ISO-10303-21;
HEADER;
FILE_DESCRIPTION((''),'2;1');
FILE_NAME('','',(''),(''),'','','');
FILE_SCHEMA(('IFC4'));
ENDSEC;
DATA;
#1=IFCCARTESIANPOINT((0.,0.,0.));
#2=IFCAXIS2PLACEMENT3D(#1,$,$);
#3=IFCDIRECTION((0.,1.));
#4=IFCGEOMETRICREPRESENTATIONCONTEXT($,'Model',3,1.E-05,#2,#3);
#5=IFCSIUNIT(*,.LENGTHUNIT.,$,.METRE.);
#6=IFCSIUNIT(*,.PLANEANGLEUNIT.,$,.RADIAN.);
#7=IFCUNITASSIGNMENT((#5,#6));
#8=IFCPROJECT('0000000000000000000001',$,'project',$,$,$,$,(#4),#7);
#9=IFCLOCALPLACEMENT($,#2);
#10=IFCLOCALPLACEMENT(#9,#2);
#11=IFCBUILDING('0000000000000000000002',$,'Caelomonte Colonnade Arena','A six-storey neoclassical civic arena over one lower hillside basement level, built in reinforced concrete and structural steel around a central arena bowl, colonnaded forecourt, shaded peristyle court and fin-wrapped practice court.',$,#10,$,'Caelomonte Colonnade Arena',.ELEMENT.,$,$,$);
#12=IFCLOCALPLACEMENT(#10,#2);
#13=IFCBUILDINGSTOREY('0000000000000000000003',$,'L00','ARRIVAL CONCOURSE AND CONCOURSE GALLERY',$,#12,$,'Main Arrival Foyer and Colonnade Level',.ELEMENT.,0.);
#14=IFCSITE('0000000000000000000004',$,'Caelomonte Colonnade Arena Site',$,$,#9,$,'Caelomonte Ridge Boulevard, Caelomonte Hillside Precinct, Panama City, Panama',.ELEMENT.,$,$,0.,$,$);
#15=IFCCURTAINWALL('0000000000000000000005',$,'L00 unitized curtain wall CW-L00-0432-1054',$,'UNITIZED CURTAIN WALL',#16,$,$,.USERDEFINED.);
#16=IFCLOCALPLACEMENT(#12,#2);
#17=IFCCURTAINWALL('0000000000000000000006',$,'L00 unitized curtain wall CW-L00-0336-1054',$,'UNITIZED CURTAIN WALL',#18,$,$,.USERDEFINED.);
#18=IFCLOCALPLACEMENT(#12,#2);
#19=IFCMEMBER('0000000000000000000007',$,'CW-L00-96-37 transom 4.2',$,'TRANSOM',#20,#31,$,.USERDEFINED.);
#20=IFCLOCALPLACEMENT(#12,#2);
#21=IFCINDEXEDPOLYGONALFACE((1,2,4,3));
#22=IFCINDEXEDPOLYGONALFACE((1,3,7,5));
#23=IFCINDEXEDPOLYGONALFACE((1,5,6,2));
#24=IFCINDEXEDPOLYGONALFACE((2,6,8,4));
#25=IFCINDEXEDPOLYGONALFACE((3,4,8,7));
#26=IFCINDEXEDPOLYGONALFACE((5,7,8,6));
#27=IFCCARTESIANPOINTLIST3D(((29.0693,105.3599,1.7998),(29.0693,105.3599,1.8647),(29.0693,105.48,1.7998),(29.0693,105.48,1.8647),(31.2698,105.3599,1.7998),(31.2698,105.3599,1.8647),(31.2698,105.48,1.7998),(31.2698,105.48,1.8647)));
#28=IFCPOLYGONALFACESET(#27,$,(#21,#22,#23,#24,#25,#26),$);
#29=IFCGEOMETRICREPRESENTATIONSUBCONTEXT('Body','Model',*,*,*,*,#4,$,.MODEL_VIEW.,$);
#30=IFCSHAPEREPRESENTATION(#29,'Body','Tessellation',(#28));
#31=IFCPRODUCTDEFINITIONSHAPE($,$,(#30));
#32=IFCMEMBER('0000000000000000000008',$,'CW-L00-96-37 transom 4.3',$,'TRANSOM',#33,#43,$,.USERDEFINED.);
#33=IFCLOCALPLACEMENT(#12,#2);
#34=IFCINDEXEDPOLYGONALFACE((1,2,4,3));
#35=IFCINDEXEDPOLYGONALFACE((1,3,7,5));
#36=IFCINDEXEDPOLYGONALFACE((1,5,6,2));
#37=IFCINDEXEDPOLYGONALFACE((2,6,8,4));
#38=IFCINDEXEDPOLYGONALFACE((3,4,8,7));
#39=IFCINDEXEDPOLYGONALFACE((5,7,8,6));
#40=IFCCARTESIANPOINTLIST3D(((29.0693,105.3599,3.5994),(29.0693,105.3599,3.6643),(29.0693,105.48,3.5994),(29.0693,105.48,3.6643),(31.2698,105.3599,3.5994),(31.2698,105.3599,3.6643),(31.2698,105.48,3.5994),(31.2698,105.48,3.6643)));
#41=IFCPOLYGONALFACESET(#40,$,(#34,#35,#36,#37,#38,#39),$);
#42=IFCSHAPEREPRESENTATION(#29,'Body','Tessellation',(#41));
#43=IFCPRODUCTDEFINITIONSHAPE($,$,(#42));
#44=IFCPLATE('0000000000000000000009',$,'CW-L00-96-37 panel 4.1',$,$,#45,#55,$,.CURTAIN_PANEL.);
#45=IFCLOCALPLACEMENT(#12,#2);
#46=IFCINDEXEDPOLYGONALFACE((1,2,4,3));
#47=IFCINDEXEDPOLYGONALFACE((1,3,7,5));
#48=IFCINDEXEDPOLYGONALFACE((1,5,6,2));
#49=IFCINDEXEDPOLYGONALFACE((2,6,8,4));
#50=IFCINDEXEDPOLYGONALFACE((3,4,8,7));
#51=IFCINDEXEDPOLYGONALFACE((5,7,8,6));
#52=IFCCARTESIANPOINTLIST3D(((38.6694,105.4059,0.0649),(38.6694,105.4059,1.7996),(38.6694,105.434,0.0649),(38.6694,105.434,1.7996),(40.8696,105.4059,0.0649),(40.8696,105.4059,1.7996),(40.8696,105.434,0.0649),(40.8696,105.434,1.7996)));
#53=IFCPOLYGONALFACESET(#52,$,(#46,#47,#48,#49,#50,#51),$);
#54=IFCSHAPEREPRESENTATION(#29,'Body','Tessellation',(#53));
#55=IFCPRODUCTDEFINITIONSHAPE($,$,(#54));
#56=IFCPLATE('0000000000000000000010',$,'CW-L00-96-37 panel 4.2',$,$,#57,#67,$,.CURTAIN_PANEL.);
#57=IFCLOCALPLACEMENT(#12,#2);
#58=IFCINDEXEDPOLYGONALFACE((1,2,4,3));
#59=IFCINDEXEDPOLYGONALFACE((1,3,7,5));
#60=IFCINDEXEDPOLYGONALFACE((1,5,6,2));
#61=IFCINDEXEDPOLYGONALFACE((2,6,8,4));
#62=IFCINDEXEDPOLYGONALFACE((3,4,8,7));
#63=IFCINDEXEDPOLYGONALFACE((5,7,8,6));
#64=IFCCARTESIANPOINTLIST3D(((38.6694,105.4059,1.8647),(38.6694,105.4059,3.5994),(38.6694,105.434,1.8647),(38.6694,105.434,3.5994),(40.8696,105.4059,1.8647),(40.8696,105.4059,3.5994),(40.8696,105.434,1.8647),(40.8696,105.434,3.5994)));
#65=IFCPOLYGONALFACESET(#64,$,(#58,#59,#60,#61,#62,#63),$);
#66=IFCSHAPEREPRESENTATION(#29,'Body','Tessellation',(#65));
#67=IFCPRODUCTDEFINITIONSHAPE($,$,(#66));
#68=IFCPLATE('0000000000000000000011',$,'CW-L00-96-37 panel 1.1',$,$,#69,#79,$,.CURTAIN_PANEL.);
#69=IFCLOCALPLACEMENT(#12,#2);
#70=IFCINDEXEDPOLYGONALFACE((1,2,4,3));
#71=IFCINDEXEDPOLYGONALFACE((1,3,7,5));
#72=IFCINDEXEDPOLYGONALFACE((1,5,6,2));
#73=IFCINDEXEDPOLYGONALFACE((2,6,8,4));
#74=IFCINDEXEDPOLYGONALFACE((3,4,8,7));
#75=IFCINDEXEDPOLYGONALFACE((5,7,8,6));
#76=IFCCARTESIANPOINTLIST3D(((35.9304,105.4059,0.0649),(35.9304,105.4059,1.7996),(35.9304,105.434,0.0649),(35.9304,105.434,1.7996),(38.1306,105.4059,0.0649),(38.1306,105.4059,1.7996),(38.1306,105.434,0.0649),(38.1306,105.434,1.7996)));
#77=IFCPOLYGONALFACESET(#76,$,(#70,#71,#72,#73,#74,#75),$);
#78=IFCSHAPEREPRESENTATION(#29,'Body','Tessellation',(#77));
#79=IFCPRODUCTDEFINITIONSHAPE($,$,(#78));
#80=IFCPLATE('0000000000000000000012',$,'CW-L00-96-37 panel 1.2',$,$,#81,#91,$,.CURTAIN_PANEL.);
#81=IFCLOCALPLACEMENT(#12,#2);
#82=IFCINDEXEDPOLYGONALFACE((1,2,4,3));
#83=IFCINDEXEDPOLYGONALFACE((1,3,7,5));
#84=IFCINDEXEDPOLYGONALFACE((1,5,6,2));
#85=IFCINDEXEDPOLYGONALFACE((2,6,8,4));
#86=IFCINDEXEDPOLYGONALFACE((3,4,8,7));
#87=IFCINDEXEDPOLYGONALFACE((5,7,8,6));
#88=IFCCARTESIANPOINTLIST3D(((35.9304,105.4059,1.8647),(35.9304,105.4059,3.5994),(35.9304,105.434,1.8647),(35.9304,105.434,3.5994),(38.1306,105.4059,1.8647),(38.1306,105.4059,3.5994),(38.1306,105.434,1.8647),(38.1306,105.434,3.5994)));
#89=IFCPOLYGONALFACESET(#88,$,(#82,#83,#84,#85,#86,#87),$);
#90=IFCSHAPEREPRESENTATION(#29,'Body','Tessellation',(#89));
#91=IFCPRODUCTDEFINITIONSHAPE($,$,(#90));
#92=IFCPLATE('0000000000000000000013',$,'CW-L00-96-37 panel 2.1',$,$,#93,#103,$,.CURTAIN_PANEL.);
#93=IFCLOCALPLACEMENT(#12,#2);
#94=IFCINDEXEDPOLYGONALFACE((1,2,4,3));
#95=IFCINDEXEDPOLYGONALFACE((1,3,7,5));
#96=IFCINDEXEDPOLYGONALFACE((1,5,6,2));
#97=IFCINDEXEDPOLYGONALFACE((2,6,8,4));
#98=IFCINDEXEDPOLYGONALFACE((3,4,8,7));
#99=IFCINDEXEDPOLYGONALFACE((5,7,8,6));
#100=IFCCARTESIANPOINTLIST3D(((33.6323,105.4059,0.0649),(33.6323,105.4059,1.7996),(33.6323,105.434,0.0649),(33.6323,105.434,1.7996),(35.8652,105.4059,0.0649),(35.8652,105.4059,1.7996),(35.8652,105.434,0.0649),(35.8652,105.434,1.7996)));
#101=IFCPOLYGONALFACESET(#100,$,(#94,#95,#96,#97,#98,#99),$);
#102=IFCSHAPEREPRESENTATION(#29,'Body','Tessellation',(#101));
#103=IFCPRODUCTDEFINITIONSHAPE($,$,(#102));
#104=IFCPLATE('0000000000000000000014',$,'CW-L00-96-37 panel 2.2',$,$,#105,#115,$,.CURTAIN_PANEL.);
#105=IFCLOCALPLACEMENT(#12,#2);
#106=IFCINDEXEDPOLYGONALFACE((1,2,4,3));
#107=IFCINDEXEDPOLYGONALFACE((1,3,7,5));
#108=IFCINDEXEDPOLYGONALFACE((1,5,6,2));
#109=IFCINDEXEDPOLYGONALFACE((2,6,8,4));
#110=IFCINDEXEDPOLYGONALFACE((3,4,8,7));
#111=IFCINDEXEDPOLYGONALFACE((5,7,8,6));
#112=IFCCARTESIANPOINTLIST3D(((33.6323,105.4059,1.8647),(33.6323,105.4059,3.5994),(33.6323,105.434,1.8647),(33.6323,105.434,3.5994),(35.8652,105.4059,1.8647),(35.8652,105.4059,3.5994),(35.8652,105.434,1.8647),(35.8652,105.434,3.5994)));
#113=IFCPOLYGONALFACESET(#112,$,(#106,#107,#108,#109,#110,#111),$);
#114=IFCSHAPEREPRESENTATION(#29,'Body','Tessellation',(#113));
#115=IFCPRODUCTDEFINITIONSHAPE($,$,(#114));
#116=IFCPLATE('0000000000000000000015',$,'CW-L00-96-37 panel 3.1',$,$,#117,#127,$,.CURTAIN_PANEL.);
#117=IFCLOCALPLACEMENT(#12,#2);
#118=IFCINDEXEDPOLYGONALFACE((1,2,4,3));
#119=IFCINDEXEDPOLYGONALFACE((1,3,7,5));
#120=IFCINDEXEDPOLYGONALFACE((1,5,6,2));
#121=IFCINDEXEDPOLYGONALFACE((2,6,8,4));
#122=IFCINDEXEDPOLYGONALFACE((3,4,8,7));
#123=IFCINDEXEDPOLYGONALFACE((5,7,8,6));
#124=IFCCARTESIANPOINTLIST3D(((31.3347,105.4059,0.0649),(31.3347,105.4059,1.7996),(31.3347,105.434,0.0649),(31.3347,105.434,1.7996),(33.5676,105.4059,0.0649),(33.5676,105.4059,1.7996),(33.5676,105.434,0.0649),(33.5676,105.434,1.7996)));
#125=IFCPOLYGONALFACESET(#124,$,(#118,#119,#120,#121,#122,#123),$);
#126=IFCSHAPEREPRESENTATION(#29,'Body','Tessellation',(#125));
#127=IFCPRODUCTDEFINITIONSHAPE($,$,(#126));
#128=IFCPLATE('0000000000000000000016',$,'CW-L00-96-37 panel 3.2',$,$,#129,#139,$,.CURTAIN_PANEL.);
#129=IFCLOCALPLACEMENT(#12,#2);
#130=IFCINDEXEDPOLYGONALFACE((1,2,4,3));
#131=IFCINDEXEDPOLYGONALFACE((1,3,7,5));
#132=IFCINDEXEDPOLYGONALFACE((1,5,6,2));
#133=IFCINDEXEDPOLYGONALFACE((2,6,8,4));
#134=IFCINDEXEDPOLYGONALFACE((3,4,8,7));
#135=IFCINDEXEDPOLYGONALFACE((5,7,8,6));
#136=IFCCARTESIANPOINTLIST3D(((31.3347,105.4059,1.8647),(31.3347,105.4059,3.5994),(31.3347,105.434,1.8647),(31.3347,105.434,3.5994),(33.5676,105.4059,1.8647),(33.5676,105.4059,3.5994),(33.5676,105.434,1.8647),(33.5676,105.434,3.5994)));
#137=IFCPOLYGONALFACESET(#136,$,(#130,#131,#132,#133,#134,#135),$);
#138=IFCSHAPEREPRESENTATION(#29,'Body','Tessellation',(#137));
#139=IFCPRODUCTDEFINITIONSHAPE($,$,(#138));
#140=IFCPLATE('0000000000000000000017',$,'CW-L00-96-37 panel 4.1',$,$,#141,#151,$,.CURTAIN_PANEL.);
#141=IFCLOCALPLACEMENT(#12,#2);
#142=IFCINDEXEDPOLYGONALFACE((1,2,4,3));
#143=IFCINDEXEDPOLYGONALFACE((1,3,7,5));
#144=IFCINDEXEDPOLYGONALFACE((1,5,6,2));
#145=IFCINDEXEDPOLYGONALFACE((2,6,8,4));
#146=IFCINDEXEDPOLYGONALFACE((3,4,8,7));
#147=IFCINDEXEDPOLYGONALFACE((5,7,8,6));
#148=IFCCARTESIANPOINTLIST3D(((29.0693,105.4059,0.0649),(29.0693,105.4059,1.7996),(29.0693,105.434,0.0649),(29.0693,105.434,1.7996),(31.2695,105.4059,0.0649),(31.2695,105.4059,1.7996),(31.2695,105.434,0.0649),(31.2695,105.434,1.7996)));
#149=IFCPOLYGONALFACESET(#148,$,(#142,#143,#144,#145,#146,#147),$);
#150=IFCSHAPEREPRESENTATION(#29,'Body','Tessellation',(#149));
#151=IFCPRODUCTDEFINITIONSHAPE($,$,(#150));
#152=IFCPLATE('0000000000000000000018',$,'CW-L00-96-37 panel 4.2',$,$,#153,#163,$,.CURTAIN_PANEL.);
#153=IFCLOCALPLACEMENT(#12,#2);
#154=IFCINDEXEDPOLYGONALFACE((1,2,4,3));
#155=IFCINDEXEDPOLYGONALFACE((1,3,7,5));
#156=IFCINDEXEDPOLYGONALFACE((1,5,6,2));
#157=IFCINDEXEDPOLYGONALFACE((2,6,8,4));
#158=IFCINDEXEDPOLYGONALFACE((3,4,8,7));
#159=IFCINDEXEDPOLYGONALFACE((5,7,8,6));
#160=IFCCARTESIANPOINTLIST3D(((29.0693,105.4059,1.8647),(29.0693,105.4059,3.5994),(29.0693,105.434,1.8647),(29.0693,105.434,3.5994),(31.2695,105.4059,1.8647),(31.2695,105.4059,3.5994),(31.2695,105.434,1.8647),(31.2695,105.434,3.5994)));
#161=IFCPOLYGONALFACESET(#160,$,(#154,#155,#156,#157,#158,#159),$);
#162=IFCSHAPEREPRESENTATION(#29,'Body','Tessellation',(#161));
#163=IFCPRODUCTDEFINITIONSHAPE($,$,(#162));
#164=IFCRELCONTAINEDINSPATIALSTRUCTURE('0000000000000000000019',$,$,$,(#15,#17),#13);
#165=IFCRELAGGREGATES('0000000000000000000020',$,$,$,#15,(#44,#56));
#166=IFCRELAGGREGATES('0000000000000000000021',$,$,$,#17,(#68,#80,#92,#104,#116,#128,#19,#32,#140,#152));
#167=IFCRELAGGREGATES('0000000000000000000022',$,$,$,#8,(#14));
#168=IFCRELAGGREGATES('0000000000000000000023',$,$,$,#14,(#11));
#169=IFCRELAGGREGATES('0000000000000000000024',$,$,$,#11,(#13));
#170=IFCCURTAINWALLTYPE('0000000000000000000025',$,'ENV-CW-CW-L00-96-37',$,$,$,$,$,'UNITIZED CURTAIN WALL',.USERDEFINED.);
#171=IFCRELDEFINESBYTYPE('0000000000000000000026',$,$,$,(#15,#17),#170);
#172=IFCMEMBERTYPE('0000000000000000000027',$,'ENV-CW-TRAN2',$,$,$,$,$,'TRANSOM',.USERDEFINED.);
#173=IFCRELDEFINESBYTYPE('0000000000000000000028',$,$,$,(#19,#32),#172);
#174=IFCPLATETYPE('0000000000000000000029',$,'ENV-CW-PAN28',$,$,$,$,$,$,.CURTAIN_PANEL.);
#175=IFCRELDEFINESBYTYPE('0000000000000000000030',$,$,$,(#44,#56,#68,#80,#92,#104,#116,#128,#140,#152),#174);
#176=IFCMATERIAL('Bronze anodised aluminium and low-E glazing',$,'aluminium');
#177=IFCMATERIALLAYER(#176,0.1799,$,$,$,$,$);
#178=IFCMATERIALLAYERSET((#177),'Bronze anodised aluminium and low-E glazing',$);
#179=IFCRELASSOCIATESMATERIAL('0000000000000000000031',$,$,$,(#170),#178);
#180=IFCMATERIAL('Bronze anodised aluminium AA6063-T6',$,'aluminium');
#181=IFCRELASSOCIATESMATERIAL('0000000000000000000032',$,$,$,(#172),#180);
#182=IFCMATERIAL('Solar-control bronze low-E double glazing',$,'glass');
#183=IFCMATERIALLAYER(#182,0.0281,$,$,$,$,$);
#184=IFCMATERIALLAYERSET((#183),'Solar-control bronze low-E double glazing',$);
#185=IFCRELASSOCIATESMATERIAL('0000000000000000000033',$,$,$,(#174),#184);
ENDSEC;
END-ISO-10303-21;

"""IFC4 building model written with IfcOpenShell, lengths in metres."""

from ifc_helpers import new_model, si_unit, direction, frame, origin, origin_2d, place, context, subcontext, project, spatial, rectangle, extrude, material, layer, layer_set, material_profile, profile_set, type_object, element, aggregate, save


model = new_model("IFC4")

# Units and contexts
model_context = context("Model", 3, precision=1e-05, world=origin(), true_north=direction((0.0, 1.0)))
body_context = subcontext(model_context, "Body", "Model", "MODEL_VIEW")
ifc_project = project(units=[si_unit("LENGTHUNIT", "METRE"), si_unit("PLANEANGLEUNIT", "RADIAN")], contexts=[model_context])

# Site, building, storey
site_placement = place(None, origin())
site = spatial("IfcSite", under=ifc_project, at=site_placement, Name="Caelomonte Colonnade Arena Site", LongName="Caelomonte Ridge Boulevard, Caelomonte Hillside Precinct, Panama City, Panama", CompositionType="ELEMENT", RefElevation=0.0)
building_placement = place(site_placement, origin())
building = spatial("IfcBuilding", under=site, at=building_placement, Name="Caelomonte Colonnade Arena", Description="A six-storey neoclassical civic arena over one lower hillside basement level, built in reinforced concrete and structural steel around a central arena bowl, colonnaded forecourt, shaded peristyle court and fin-wrapped practice court.", LongName="Caelomonte Colonnade Arena", CompositionType="ELEMENT")
storey_placement = place(building_placement, origin())
storey = spatial("IfcBuildingStorey", under=building, at=storey_placement, Name="L00", Description="ARRIVAL CONCOURSE AND CONCOURSE GALLERY", LongName="Main Arrival Foyer and Colonnade Level", CompositionType="ELEMENT", Elevation=0.0)

# Curtain wall
ifc_material_1 = material(Name="Bronze anodised aluminium and low-E glazing", Category="aluminium")
ifc_layer_1 = layer(ifc_material_1, 0.1799)
ifc_layer_set_1 = layer_set([ifc_layer_1], Name="Bronze anodised aluminium and low-E glazing")
curtain_wall_type = type_object("IfcCurtainWallType", Name="ENV-CW-CW-L00-96-37", ElementType="UNITIZED CURTAIN WALL", PredefinedType="USERDEFINED", material=ifc_layer_set_1)
curtain_wall_1_placement = place(storey_placement, origin())
curtain_wall_1 = element("IfcCurtainWall", 1, at=curtain_wall_1_placement, inside=storey, type_object=curtain_wall_type, Name="L00 unitized curtain wall CW-L00-0432-1054", ObjectType="UNITIZED CURTAIN WALL", PredefinedType="USERDEFINED")
ifc_material_2 = material(Name="Bronze anodised aluminium AA6063-T6", Category="aluminium")

# Curtain wall, members
curtain_wall_2_placement = place(storey_placement, origin())
curtain_wall_2 = element("IfcCurtainWall", 2, at=curtain_wall_2_placement, inside=storey, type_object=curtain_wall_type, Name="L00 unitized curtain wall CW-L00-0336-1054", ObjectType="UNITIZED CURTAIN WALL", PredefinedType="USERDEFINED")
ifc_material_profile_1 = material_profile(ifc_material_2, rectangle(XDim=0.0649, YDim=0.1201, at=origin_2d()), Name="CWT-65X120")
ifc_profile_set_1 = profile_set([ifc_material_profile_1], Name="Bronze anodised aluminium AA6063-T6")
member_type_1 = type_object("IfcMemberType", Name="ENV-CW-TRAN2", ElementType="TRANSOM", PredefinedType="USERDEFINED", material=ifc_profile_set_1)
member_1_placement = place(storey_placement, frame((31.2698, 105.4199, 1.8323), z_axis=(-1.0, 0.0, 0.0), x_axis=(0.0, 0.0, 1.0)))
member_1 = element("IfcMember", 3, at=member_1_placement, type_object=member_type_1, Name="CW-L00-96-37 transom 4.2", ObjectType="TRANSOM", PredefinedType="USERDEFINED", context=body_context, shape_type="SweptSolid", body=[
    extrude(rectangle(XDim=0.0649, YDim=0.1201, at=origin_2d()), origin(), (0.0, 0.0, 1.0), 2.2004),
])
member_2_placement = place(storey_placement, frame((31.2698, 105.4199, 3.6318), z_axis=(-1.0, 0.0, 0.0), x_axis=(0.0, 0.0, 1.0)))
member_2 = element("IfcMember", 4, at=member_2_placement, type_object=member_type_1, Name="CW-L00-96-37 transom 4.3", ObjectType="TRANSOM", PredefinedType="USERDEFINED", context=body_context, shape_type="SweptSolid", body=[
    extrude(rectangle(XDim=0.0649, YDim=0.1201, at=origin_2d()), origin(), (0.0, 0.0, 1.0), 2.2004),
])

# Plates
ifc_material_3 = material(Name="Solar-control bronze low-E double glazing", Category="glass")
ifc_layer_2 = layer(ifc_material_3, 0.0281)
ifc_layer_set_2 = layer_set([ifc_layer_2], Name="Solar-control bronze low-E double glazing")
plate_type = type_object("IfcPlateType", Name="ENV-CW-PAN28", PredefinedType="CURTAIN_PANEL", material=ifc_layer_set_2)
plate_1_placement = place(storey_placement, frame((39.7695, 105.4199, 0.0649), z_axis=(0.0, 0.0, 1.0), x_axis=(-1.0, 0.0, 0.0)))
plate_1 = element("IfcPlate", 5, at=plate_1_placement, type_object=plate_type, Name="CW-L00-96-37 panel 4.1", PredefinedType="CURTAIN_PANEL", context=body_context, shape_type="SweptSolid", body=[
    extrude(rectangle(XDim=2.2002, YDim=0.0281, at=origin_2d()), origin(), (0.0, 0.0, 1.0), 1.7346),
])
plate_2_placement = place(storey_placement, frame((39.7695, 105.4199, 1.8647), z_axis=(0.0, 0.0, 1.0), x_axis=(-1.0, 0.0, 0.0)))
plate_2 = element("IfcPlate", 6, at=plate_2_placement, type_object=plate_type, Name="CW-L00-96-37 panel 4.2", PredefinedType="CURTAIN_PANEL", context=body_context, shape_type="SweptSolid", body=[
    extrude(rectangle(XDim=2.2002, YDim=0.0281, at=origin_2d()), origin(), (0.0, 0.0, 1.0), 1.7346),
])
aggregate(curtain_wall_1, [plate_1, plate_2])
plate_3_placement = place(storey_placement, frame((37.0305, 105.4199, 0.0649), z_axis=(0.0, 0.0, 1.0), x_axis=(-1.0, 0.0, 0.0)))
plate_3 = element("IfcPlate", 7, at=plate_3_placement, type_object=plate_type, Name="CW-L00-96-37 panel 1.1", PredefinedType="CURTAIN_PANEL", context=body_context, shape_type="SweptSolid", body=[
    extrude(rectangle(XDim=2.2002, YDim=0.0281, at=origin_2d()), origin(), (0.0, 0.0, 1.0), 1.7346),
])
plate_4_placement = place(storey_placement, frame((37.0305, 105.4199, 1.8647), z_axis=(0.0, 0.0, 1.0), x_axis=(-1.0, 0.0, 0.0)))
plate_4 = element("IfcPlate", 8, at=plate_4_placement, type_object=plate_type, Name="CW-L00-96-37 panel 1.2", PredefinedType="CURTAIN_PANEL", context=body_context, shape_type="SweptSolid", body=[
    extrude(rectangle(XDim=2.2002, YDim=0.0281, at=origin_2d()), origin(), (0.0, 0.0, 1.0), 1.7346),
])
plate_5_placement = place(storey_placement, frame((34.7488, 105.4199, 0.0649), z_axis=(0.0, 0.0, 1.0), x_axis=(-1.0, 0.0, 0.0)))
plate_5 = element("IfcPlate", 9, at=plate_5_placement, type_object=plate_type, Name="CW-L00-96-37 panel 2.1", PredefinedType="CURTAIN_PANEL", context=body_context, shape_type="SweptSolid", body=[
    extrude(rectangle(XDim=2.2329, YDim=0.0281, at=origin_2d()), origin(), (0.0, 0.0, 1.0), 1.7346),
])
plate_6_placement = place(storey_placement, frame((34.7488, 105.4199, 1.8647), z_axis=(0.0, 0.0, 1.0), x_axis=(-1.0, 0.0, 0.0)))
plate_6 = element("IfcPlate", 10, at=plate_6_placement, type_object=plate_type, Name="CW-L00-96-37 panel 2.2", PredefinedType="CURTAIN_PANEL", context=body_context, shape_type="SweptSolid", body=[
    extrude(rectangle(XDim=2.2329, YDim=0.0281, at=origin_2d()), origin(), (0.0, 0.0, 1.0), 1.7346),
])
plate_7_placement = place(storey_placement, frame((32.4512, 105.4199, 0.0649), z_axis=(0.0, 0.0, 1.0), x_axis=(-1.0, 0.0, 0.0)))
plate_7 = element("IfcPlate", 11, at=plate_7_placement, type_object=plate_type, Name="CW-L00-96-37 panel 3.1", PredefinedType="CURTAIN_PANEL", context=body_context, shape_type="SweptSolid", body=[
    extrude(rectangle(XDim=2.2329, YDim=0.0281, at=origin_2d()), origin(), (0.0, 0.0, 1.0), 1.7346),
])
plate_8_placement = place(storey_placement, frame((32.4512, 105.4199, 1.8647), z_axis=(0.0, 0.0, 1.0), x_axis=(-1.0, 0.0, 0.0)))
plate_8 = element("IfcPlate", 12, at=plate_8_placement, type_object=plate_type, Name="CW-L00-96-37 panel 3.2", PredefinedType="CURTAIN_PANEL", context=body_context, shape_type="SweptSolid", body=[
    extrude(rectangle(XDim=2.2329, YDim=0.0281, at=origin_2d()), origin(), (0.0, 0.0, 1.0), 1.7346),
])
plate_9_placement = place(storey_placement, frame((30.1694, 105.4199, 0.0649), z_axis=(0.0, 0.0, 1.0), x_axis=(-1.0, 0.0, 0.0)))
plate_9 = element("IfcPlate", 13, at=plate_9_placement, type_object=plate_type, Name="CW-L00-96-37 panel 4.1", PredefinedType="CURTAIN_PANEL", context=body_context, shape_type="SweptSolid", body=[
    extrude(rectangle(XDim=2.2002, YDim=0.0281, at=origin_2d()), origin(), (0.0, 0.0, 1.0), 1.7346),
])
plate_10_placement = place(storey_placement, frame((30.1694, 105.4199, 1.8647), z_axis=(0.0, 0.0, 1.0), x_axis=(-1.0, 0.0, 0.0)))
plate_10 = element("IfcPlate", 14, at=plate_10_placement, type_object=plate_type, Name="CW-L00-96-37 panel 4.2", PredefinedType="CURTAIN_PANEL", context=body_context, shape_type="SweptSolid", body=[
    extrude(rectangle(XDim=2.2002, YDim=0.0281, at=origin_2d()), origin(), (0.0, 0.0, 1.0), 1.7346),
])
aggregate(curtain_wall_2, [plate_3, plate_4, plate_5, plate_6, plate_7, plate_8, member_1, member_2, plate_9, plate_10])

save(model, "model.ifc")
